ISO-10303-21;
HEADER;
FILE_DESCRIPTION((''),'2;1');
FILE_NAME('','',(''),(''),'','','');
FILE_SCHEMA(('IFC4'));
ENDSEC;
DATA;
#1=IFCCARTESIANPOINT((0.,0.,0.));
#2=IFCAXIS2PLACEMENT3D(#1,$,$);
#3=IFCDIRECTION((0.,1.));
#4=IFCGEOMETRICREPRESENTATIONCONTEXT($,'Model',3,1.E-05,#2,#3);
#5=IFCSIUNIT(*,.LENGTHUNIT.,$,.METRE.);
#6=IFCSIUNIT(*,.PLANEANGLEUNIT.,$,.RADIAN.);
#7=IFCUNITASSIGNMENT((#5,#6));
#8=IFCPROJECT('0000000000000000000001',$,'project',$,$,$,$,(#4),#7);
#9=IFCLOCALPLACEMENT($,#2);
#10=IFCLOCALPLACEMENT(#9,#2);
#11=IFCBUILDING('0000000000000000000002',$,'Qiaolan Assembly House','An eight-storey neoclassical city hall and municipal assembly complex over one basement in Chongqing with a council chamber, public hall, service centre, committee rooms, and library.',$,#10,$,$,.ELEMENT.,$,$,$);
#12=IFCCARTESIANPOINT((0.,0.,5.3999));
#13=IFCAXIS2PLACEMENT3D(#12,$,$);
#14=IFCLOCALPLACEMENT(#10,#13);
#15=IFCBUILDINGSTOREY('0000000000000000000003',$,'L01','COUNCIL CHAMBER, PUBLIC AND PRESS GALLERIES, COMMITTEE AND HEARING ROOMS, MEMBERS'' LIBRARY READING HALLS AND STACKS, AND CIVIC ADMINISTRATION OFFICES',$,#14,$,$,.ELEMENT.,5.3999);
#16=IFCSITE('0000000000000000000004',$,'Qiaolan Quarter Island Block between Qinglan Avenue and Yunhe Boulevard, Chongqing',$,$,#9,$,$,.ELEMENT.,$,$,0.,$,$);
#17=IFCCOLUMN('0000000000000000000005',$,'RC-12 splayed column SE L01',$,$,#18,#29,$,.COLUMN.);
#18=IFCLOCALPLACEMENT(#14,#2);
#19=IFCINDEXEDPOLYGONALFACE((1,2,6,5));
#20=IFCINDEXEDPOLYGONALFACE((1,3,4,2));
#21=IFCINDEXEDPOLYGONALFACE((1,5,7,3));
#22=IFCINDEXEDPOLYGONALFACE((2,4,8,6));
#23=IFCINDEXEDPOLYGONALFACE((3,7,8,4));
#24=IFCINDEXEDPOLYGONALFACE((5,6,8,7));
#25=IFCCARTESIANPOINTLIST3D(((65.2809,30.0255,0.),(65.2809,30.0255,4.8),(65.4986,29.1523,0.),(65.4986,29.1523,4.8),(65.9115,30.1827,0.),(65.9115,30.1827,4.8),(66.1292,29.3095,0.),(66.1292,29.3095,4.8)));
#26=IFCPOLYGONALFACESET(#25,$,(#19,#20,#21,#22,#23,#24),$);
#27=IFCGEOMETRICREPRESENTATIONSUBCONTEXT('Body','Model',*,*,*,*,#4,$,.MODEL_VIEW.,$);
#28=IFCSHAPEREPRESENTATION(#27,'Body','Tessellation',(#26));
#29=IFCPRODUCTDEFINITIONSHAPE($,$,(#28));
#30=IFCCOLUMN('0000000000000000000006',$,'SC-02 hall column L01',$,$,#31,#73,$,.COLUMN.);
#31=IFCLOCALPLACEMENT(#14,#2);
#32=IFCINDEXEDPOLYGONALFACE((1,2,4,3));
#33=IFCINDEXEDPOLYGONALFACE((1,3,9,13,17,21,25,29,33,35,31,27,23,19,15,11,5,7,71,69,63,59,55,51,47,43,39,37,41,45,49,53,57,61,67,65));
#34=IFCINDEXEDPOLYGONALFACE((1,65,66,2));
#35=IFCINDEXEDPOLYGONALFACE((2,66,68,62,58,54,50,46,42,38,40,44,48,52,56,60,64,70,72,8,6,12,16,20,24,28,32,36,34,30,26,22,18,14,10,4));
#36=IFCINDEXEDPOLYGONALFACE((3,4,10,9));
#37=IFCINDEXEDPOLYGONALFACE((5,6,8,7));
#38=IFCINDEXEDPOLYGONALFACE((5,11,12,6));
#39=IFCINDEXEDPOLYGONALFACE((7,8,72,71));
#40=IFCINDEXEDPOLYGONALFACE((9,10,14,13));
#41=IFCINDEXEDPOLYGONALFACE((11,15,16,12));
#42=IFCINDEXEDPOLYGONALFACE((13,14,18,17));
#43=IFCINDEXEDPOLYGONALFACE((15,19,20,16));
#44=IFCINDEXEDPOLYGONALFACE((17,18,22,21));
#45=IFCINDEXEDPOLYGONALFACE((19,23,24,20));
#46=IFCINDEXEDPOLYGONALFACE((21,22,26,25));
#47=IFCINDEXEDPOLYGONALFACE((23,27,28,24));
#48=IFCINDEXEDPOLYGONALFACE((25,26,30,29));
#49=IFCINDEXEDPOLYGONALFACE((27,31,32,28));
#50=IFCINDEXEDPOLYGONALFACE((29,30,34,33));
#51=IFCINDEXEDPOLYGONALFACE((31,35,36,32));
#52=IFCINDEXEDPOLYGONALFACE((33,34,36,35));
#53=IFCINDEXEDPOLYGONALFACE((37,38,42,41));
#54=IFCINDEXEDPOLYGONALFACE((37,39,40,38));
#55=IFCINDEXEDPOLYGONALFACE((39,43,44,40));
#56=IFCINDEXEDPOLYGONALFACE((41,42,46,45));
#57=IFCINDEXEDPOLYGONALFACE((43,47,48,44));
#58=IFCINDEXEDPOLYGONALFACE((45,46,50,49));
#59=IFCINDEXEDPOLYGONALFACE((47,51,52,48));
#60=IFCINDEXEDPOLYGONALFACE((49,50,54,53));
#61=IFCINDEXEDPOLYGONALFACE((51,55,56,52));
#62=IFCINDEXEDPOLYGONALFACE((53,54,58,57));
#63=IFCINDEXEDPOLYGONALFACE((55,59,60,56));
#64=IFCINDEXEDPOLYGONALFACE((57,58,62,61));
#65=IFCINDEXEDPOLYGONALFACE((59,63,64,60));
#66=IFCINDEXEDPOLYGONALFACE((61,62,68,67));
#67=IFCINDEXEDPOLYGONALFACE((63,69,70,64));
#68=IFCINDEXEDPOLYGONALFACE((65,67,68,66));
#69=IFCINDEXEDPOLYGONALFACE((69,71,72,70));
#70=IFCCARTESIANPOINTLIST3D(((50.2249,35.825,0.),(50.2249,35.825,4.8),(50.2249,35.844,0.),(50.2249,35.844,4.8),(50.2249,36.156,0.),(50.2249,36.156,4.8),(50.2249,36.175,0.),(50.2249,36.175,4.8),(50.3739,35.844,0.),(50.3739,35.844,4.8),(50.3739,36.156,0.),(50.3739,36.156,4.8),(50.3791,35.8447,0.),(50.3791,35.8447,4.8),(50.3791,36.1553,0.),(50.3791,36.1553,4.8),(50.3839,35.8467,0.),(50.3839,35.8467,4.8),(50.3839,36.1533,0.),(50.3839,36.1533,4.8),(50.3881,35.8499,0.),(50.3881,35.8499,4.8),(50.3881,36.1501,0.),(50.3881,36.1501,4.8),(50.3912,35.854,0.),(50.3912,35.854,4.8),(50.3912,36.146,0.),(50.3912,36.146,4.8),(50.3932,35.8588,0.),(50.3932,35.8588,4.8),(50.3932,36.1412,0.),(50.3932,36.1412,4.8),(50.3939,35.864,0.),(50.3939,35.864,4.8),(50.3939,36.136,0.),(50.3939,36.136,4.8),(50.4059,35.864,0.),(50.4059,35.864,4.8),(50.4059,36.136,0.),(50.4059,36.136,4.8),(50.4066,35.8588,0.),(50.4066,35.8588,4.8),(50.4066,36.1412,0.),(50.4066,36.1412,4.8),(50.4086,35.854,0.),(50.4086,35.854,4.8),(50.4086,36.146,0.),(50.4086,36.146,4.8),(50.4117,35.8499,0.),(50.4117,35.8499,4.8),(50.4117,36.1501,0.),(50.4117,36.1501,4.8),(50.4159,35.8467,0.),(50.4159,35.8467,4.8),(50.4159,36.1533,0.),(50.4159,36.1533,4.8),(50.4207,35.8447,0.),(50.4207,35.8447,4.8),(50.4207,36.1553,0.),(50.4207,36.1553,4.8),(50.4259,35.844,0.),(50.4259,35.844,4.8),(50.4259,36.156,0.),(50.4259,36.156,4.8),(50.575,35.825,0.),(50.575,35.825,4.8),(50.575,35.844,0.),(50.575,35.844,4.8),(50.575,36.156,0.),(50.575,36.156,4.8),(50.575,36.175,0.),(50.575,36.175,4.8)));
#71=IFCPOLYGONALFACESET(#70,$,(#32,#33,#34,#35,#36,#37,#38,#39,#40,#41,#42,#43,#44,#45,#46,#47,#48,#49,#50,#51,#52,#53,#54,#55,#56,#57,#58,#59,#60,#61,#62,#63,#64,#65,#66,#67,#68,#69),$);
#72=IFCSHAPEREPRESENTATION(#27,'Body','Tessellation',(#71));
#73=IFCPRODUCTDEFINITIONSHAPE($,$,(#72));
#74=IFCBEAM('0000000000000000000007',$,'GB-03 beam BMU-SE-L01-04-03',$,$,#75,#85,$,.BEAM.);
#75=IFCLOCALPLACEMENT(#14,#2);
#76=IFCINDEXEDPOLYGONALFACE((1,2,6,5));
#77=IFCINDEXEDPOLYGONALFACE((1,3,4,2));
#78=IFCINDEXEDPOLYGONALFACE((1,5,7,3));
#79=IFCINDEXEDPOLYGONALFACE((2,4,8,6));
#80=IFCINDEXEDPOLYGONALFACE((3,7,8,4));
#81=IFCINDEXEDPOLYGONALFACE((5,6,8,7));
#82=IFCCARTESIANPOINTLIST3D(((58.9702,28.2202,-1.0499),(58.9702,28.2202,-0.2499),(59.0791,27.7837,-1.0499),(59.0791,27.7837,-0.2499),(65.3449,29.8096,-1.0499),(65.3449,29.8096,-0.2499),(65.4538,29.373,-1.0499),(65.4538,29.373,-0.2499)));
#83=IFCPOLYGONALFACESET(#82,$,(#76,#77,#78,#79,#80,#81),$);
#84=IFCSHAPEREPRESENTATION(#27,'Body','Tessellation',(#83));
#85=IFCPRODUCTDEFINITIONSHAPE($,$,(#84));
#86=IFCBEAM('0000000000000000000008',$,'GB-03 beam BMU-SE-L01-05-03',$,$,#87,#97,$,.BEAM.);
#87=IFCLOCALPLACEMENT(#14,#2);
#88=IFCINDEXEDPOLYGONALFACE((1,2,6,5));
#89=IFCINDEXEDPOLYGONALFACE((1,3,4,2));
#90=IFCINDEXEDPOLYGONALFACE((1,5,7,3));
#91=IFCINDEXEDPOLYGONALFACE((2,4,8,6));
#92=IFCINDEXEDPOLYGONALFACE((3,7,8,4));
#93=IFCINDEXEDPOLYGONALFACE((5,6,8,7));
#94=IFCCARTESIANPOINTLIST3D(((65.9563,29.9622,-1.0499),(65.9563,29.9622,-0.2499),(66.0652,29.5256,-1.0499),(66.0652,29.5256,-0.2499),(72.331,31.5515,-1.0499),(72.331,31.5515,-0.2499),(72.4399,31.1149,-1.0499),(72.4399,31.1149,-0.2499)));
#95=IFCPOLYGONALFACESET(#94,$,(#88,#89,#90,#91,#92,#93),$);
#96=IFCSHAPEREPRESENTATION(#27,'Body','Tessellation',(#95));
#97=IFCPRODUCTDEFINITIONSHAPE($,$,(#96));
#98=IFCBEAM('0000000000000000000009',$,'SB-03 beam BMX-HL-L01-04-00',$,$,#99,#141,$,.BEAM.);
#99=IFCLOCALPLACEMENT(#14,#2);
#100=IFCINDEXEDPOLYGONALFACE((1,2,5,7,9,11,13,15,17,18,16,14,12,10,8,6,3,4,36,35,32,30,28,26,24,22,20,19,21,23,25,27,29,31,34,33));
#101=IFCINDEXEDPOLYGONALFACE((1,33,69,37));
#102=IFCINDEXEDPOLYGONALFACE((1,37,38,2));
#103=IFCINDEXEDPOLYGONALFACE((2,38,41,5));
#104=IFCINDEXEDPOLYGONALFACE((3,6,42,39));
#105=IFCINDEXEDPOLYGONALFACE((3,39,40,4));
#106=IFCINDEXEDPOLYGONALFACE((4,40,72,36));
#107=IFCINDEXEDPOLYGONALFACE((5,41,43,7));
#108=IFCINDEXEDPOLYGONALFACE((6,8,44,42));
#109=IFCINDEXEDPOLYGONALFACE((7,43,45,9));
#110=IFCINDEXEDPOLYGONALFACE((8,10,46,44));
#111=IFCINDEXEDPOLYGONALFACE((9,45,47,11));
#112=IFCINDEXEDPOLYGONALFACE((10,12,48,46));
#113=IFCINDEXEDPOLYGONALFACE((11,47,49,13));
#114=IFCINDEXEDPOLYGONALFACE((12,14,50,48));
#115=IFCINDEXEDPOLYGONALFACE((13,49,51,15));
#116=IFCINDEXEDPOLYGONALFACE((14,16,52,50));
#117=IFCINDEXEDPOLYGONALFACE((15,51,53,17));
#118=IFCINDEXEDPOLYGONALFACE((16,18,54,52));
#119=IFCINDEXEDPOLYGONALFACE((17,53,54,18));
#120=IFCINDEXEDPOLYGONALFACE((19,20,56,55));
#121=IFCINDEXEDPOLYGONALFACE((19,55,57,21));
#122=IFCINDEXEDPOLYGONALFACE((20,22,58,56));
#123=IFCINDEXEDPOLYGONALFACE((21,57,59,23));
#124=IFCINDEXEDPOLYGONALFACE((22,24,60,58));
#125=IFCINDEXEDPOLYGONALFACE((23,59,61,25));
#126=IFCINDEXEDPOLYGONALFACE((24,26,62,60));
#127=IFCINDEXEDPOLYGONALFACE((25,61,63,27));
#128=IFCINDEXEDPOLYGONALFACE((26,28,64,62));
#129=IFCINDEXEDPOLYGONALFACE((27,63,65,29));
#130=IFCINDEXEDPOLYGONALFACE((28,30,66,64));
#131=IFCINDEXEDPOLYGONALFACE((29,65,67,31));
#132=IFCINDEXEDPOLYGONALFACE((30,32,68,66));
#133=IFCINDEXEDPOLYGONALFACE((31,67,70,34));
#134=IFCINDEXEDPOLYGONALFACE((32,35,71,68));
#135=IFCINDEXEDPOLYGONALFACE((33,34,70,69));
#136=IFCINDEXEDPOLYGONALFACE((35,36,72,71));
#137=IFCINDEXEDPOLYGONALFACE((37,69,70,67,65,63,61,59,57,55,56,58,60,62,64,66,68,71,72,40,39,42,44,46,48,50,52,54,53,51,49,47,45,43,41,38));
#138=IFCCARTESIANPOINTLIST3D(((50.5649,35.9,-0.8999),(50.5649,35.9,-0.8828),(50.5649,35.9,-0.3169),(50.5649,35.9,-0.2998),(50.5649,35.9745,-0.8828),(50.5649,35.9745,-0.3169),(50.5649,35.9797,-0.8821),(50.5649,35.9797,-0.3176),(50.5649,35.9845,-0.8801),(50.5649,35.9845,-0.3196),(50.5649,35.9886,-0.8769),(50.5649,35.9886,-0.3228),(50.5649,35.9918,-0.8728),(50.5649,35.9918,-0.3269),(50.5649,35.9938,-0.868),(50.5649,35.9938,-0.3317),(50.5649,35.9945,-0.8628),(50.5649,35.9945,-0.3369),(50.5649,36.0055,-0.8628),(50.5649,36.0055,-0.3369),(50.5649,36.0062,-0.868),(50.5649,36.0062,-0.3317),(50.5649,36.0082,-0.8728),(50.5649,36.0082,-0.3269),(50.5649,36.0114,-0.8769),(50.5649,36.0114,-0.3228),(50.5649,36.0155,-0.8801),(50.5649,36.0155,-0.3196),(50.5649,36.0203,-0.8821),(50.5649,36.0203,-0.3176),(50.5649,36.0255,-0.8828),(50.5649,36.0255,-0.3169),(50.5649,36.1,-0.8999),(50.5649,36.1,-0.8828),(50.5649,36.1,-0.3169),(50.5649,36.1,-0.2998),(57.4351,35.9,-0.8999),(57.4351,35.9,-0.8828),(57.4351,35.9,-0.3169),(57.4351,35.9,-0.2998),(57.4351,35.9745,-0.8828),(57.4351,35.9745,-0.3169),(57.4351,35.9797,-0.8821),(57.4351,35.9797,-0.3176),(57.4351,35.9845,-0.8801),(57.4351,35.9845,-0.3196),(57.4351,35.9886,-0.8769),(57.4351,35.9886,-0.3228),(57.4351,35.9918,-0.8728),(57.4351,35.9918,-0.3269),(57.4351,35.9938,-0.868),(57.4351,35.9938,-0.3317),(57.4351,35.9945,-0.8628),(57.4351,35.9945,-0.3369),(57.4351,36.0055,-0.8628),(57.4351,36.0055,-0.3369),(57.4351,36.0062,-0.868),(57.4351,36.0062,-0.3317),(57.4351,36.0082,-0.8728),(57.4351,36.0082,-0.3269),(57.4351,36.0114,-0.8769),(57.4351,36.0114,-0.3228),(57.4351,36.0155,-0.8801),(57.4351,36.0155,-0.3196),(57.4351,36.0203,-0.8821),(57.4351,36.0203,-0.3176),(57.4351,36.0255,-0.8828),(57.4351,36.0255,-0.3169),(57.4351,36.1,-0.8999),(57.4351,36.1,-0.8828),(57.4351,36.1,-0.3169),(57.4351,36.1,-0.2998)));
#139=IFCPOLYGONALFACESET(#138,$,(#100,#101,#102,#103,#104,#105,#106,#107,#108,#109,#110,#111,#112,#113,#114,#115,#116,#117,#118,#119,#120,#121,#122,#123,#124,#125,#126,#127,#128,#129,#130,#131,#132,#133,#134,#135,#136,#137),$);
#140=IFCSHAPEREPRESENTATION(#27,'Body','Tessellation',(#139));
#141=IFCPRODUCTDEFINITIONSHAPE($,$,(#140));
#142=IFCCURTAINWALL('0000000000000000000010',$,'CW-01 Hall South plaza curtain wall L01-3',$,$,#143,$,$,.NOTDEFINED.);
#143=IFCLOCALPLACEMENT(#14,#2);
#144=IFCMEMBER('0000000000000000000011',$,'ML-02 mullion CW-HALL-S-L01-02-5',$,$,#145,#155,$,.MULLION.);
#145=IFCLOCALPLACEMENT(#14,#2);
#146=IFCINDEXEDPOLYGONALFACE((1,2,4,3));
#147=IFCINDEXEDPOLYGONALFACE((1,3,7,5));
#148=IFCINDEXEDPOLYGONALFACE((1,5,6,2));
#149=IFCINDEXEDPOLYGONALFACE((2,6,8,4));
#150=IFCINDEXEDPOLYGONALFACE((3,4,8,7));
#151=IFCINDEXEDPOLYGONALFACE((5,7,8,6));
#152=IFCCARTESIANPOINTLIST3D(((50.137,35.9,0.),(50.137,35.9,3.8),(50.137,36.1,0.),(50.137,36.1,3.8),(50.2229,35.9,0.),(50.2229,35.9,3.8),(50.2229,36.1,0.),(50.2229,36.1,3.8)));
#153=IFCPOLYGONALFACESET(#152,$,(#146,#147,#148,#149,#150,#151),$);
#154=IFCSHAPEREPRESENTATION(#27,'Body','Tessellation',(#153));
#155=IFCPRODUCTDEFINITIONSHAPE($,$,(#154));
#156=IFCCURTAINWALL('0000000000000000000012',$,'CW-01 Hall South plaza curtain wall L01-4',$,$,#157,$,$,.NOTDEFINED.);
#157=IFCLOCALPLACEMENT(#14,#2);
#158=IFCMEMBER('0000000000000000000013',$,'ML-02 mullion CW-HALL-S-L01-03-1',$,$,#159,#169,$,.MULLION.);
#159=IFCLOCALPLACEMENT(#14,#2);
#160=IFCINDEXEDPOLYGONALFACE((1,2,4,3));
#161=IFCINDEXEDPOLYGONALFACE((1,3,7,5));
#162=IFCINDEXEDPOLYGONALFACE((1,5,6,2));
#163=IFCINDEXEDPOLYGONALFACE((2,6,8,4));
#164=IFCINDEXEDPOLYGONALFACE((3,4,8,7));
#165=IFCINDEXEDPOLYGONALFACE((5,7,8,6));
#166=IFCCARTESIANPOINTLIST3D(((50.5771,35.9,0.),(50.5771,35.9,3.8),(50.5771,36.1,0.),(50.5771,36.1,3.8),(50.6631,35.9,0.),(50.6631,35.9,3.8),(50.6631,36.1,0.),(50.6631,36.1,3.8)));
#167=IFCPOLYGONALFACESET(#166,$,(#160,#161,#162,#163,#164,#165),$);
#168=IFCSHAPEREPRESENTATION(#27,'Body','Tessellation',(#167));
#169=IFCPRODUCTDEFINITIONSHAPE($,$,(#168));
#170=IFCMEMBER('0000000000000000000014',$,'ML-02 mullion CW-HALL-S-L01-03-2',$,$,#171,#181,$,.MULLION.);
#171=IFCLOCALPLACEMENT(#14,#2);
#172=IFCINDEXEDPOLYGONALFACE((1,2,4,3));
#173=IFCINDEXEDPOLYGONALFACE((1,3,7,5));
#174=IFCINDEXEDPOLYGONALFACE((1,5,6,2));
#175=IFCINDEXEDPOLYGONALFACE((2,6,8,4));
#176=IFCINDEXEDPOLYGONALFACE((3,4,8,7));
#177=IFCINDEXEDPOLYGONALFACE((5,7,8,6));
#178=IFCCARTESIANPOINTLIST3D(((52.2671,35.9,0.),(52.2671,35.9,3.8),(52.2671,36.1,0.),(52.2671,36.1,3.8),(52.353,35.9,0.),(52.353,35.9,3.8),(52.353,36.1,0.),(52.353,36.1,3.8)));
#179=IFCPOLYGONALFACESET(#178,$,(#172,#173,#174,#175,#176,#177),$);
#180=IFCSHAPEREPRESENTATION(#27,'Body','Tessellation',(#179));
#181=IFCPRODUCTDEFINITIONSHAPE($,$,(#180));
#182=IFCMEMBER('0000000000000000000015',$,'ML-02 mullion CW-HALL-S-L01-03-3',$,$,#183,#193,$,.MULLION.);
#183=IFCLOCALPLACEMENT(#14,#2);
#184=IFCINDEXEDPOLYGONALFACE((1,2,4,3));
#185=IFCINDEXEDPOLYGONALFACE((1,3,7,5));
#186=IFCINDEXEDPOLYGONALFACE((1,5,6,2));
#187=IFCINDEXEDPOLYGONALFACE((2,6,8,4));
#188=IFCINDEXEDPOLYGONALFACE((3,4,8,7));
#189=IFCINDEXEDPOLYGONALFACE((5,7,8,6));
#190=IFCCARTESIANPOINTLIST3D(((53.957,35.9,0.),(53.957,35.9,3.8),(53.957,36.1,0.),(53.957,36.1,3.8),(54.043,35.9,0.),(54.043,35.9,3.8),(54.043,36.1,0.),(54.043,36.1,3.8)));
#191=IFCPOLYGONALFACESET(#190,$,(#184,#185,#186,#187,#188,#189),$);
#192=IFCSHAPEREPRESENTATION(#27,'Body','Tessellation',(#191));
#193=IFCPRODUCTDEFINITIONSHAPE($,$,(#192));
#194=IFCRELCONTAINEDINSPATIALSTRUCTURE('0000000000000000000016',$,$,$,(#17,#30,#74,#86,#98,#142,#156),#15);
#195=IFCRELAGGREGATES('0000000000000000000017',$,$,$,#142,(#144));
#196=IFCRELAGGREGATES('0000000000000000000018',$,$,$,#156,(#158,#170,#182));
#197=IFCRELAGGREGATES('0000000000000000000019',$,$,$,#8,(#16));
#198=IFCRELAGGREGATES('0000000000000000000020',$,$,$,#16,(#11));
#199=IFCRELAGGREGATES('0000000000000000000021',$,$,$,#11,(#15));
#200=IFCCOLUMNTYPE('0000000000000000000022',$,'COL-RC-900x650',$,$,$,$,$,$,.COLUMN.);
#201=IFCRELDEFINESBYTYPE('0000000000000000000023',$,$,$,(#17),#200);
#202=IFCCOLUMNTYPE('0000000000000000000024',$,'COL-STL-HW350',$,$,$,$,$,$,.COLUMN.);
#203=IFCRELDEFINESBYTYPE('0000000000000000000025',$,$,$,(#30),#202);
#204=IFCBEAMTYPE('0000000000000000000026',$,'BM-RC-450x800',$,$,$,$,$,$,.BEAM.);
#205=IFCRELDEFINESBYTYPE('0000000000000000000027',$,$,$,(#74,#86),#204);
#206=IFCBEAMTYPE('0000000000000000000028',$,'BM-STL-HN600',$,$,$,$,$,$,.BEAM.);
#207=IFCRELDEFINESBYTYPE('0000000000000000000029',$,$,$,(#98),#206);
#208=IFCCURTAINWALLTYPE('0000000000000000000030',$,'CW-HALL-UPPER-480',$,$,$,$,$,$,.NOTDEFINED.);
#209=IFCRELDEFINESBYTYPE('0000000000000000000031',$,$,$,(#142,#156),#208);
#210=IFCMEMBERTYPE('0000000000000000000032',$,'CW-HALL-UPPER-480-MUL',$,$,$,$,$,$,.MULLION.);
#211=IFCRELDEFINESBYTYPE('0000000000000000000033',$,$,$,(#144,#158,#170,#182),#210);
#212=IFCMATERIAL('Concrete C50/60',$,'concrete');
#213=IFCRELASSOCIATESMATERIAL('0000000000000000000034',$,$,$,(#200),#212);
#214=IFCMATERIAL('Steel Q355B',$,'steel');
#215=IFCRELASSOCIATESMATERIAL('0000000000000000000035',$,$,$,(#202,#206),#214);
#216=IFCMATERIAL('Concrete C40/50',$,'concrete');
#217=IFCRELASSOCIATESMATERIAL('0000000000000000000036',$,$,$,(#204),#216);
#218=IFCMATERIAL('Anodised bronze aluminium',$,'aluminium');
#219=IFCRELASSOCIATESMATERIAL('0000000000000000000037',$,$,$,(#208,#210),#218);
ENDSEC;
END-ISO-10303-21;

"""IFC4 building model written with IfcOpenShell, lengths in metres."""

from ifc_helpers import new_model, si_unit, direction, frame, origin, origin_2d, place, context, subcontext, project, spatial, rectangle, i_section, extrude, material, material_profile, profile_set, type_object, element, aggregate, save


model = new_model("IFC4")

# Units and contexts
model_context = context("Model", 3, precision=1e-05, world=origin(), true_north=direction((0.0, 1.0)))
body_context = subcontext(model_context, "Body", "Model", "MODEL_VIEW")
ifc_project = project(units=[si_unit("LENGTHUNIT", "METRE"), si_unit("PLANEANGLEUNIT", "RADIAN")], contexts=[model_context])

# Site, building, storey
site_placement = place(None, origin())
site = spatial("IfcSite", under=ifc_project, at=site_placement, Name="Qiaolan Quarter Island Block between Qinglan Avenue and Yunhe Boulevard, Chongqing", CompositionType="ELEMENT", RefElevation=0.0)
building_placement = place(site_placement, origin())
building = spatial("IfcBuilding", under=site, at=building_placement, Name="Qiaolan Assembly House", Description="An eight-storey neoclassical city hall and municipal assembly complex over one basement in Chongqing with a council chamber, public hall, service centre, committee rooms, and library.", CompositionType="ELEMENT")
storey_placement = place(building_placement, frame((0.0, 0.0, 5.3999)))
storey = spatial("IfcBuildingStorey", under=building, at=storey_placement, Name="L01", Description="COUNCIL CHAMBER, PUBLIC AND PRESS GALLERIES, COMMITTEE AND HEARING ROOMS, MEMBERS' LIBRARY READING HALLS AND STACKS, AND CIVIC ADMINISTRATION OFFICES", CompositionType="ELEMENT", Elevation=5.3999)

# Columns
ifc_material_1 = material(Name="Concrete C50/60", Category="concrete")
ifc_material_profile_1 = material_profile(ifc_material_1, rectangle(XDim=0.6499, YDim=0.8999, at=origin_2d()), Name="RC 900x650")
ifc_profile_set_1 = profile_set([ifc_material_profile_1], Name="Concrete C50/60")
column_type_1 = type_object("IfcColumnType", Name="COL-RC-900x650", PredefinedType="COLUMN", material=ifc_profile_set_1)
column_1_placement = place(storey_placement, frame((65.7051, 29.6675, 0.0), z_axis=(0.0, 0.0, 1.0), x_axis=(0.970296, 0.241922, 0.0)))
element("IfcColumn", 1, at=column_1_placement, inside=storey, type_object=column_type_1, Name="RC-12 splayed column SE L01", PredefinedType="COLUMN", context=body_context, shape_type="SweptSolid", body=[
    extrude(rectangle(XDim=0.6499, YDim=0.8999, at=origin_2d()), origin(), (0.0, 0.0, 1.0), 4.8),
])
ifc_material_2 = material(Name="Steel Q355B", Category="steel")
ifc_material_profile_2 = material_profile(ifc_material_2, i_section(OverallWidth=0.3501, OverallDepth=0.3501, WebThickness=0.012, FlangeThickness=0.019, FilletRadius=0.02, at=origin_2d()), Name="HW 350x350x12x19")
ifc_profile_set_2 = profile_set([ifc_material_profile_2], Name="Steel Q355B")
column_type_2 = type_object("IfcColumnType", Name="COL-STL-HW350", PredefinedType="COLUMN", material=ifc_profile_set_2)
column_2_placement = place(storey_placement, frame((50.3999, 36.0, 0.0), z_axis=(0.0, 0.0, 1.0), x_axis=(1.0, 0.0, 0.0)))
element("IfcColumn", 2, at=column_2_placement, inside=storey, type_object=column_type_2, Name="SC-02 hall column L01", PredefinedType="COLUMN", context=body_context, shape_type="SweptSolid", body=[
    extrude(i_section(OverallWidth=0.3501, OverallDepth=0.3501, WebThickness=0.012, FlangeThickness=0.019, FilletRadius=0.02, at=origin_2d()), origin(), (0.0, 0.0, 1.0), 4.8),
])

# Beams
ifc_material_3 = material(Name="Concrete C40/50", Category="concrete")
ifc_material_profile_3 = material_profile(ifc_material_3, rectangle(XDim=0.45, YDim=0.8, at=origin_2d()), Name="RCB 450x800")
ifc_profile_set_3 = profile_set([ifc_material_profile_3], Name="Concrete C40/50")
beam_type_1 = type_object("IfcBeamType", Name="BM-RC-450x800", PredefinedType="BEAM", material=ifc_profile_set_3)
for number, where, z_axis, x_axis, name in (
    (3, (59.0247, 28.002, -0.6499), (0.970298, 0.241915, 0.0), (-0.241915, 0.970298, 0.0), "GB-03 beam BMU-SE-L01-04-03"),
    (4, (66.0107, 29.7439, -0.6499), (0.970298, 0.241915, 0.0), (-0.241915, 0.970298, 0.0), "GB-03 beam BMU-SE-L01-05-03"),
):
    element("IfcBeam", number, at=place(storey_placement, frame(where, z_axis=z_axis, x_axis=x_axis)), inside=storey, type_object=beam_type_1, Name=name, PredefinedType="BEAM", context=body_context, shape_type="SweptSolid", body=[
        extrude(rectangle(XDim=0.45, YDim=0.8, at=origin_2d()), origin(), (0.0, 0.0, 1.0), 6.5698),
    ])
ifc_material_profile_4 = material_profile(ifc_material_2, i_section(OverallWidth=0.2, OverallDepth=0.6001, WebThickness=0.011, FlangeThickness=0.0171, FilletRadius=0.02, at=origin_2d()), Name="HN 600x200x11x17")
ifc_profile_set_4 = profile_set([ifc_material_profile_4], Name="Steel Q355B")
beam_type_2 = type_object("IfcBeamType", Name="BM-STL-HN600", PredefinedType="BEAM", material=ifc_profile_set_4)
beam_placement = place(storey_placement, frame((50.5649, 36.0, -0.5999), z_axis=(1.0, 0.0, 0.0), x_axis=(0.0, 1.0, 0.0)))
element("IfcBeam", 5, at=beam_placement, inside=storey, type_object=beam_type_2, Name="SB-03 beam BMX-HL-L01-04-00", PredefinedType="BEAM", context=body_context, shape_type="SweptSolid", body=[
    extrude(i_section(OverallWidth=0.2, OverallDepth=0.6001, WebThickness=0.011, FlangeThickness=0.0171, FilletRadius=0.02, at=origin_2d()), origin(), (0.0, 0.0, 1.0), 6.8701),
])

# Curtain wall, member
ifc_material_4 = material(Name="Anodised bronze aluminium", Category="aluminium")
curtain_wall_type = type_object("IfcCurtainWallType", Name="CW-HALL-UPPER-480", PredefinedType="NOTDEFINED", material=ifc_material_4)
curtain_wall_1_placement = place(storey_placement, origin())
curtain_wall_1 = element("IfcCurtainWall", 6, at=curtain_wall_1_placement, inside=storey, type_object=curtain_wall_type, Name="CW-01 Hall South plaza curtain wall L01-3", PredefinedType="NOTDEFINED")
ifc_material_profile_5 = material_profile(ifc_material_4, rectangle(XDim=0.0859, YDim=0.2, at=origin_2d()), Name="MUL 86x200")
ifc_profile_set_5 = profile_set([ifc_material_profile_5], Name="Anodised bronze aluminium")
member_type_1 = type_object("IfcMemberType", Name="CW-HALL-UPPER-480-MUL", PredefinedType="MULLION", material=ifc_profile_set_5)
member_1_placement = place(storey_placement, frame((50.1799, 36.0, 0.0), z_axis=(0.0, 0.0, 1.0), x_axis=(1.0, 0.0, 0.0)))
member_1 = element("IfcMember", 7, at=member_1_placement, type_object=member_type_1, Name="ML-02 mullion CW-HALL-S-L01-02-5", PredefinedType="MULLION", context=body_context, shape_type="SweptSolid", body=[
    extrude(rectangle(XDim=0.0859, YDim=0.2, at=origin_2d()), origin(), (0.0, 0.0, 1.0), 3.8),
])
aggregate(curtain_wall_1, [member_1])

# Curtain wall, members
curtain_wall_2_placement = place(storey_placement, origin())
curtain_wall_2 = element("IfcCurtainWall", 8, at=curtain_wall_2_placement, inside=storey, type_object=curtain_wall_type, Name="CW-01 Hall South plaza curtain wall L01-4", PredefinedType="NOTDEFINED")
member_2_placement = place(storey_placement, frame((50.6201, 36.0, 0.0), z_axis=(0.0, 0.0, 1.0), x_axis=(1.0, 0.0, 0.0)))
member_2 = element("IfcMember", 9, at=member_2_placement, type_object=member_type_1, Name="ML-02 mullion CW-HALL-S-L01-03-1", PredefinedType="MULLION", context=body_context, shape_type="SweptSolid", body=[
    extrude(rectangle(XDim=0.0859, YDim=0.2, at=origin_2d()), origin(), (0.0, 0.0, 1.0), 3.8),
])
member_3_placement = place(storey_placement, frame((52.3101, 36.0, 0.0), z_axis=(0.0, 0.0, 1.0), x_axis=(1.0, 0.0, 0.0)))
member_3 = element("IfcMember", 10, at=member_3_placement, type_object=member_type_1, Name="ML-02 mullion CW-HALL-S-L01-03-2", PredefinedType="MULLION", context=body_context, shape_type="SweptSolid", body=[
    extrude(rectangle(XDim=0.0859, YDim=0.2, at=origin_2d()), origin(), (0.0, 0.0, 1.0), 3.8),
])
member_4_placement = place(storey_placement, frame((54.0, 36.0, 0.0), z_axis=(0.0, 0.0, 1.0), x_axis=(1.0, 0.0, 0.0)))
member_4 = element("IfcMember", 11, at=member_4_placement, type_object=member_type_1, Name="ML-02 mullion CW-HALL-S-L01-03-3", PredefinedType="MULLION", context=body_context, shape_type="SweptSolid", body=[
    extrude(rectangle(XDim=0.0859, YDim=0.2, at=origin_2d()), origin(), (0.0, 0.0, 1.0), 3.8),
])
aggregate(curtain_wall_2, [member_2, member_3, member_4])

save(model, "model.ifc")
